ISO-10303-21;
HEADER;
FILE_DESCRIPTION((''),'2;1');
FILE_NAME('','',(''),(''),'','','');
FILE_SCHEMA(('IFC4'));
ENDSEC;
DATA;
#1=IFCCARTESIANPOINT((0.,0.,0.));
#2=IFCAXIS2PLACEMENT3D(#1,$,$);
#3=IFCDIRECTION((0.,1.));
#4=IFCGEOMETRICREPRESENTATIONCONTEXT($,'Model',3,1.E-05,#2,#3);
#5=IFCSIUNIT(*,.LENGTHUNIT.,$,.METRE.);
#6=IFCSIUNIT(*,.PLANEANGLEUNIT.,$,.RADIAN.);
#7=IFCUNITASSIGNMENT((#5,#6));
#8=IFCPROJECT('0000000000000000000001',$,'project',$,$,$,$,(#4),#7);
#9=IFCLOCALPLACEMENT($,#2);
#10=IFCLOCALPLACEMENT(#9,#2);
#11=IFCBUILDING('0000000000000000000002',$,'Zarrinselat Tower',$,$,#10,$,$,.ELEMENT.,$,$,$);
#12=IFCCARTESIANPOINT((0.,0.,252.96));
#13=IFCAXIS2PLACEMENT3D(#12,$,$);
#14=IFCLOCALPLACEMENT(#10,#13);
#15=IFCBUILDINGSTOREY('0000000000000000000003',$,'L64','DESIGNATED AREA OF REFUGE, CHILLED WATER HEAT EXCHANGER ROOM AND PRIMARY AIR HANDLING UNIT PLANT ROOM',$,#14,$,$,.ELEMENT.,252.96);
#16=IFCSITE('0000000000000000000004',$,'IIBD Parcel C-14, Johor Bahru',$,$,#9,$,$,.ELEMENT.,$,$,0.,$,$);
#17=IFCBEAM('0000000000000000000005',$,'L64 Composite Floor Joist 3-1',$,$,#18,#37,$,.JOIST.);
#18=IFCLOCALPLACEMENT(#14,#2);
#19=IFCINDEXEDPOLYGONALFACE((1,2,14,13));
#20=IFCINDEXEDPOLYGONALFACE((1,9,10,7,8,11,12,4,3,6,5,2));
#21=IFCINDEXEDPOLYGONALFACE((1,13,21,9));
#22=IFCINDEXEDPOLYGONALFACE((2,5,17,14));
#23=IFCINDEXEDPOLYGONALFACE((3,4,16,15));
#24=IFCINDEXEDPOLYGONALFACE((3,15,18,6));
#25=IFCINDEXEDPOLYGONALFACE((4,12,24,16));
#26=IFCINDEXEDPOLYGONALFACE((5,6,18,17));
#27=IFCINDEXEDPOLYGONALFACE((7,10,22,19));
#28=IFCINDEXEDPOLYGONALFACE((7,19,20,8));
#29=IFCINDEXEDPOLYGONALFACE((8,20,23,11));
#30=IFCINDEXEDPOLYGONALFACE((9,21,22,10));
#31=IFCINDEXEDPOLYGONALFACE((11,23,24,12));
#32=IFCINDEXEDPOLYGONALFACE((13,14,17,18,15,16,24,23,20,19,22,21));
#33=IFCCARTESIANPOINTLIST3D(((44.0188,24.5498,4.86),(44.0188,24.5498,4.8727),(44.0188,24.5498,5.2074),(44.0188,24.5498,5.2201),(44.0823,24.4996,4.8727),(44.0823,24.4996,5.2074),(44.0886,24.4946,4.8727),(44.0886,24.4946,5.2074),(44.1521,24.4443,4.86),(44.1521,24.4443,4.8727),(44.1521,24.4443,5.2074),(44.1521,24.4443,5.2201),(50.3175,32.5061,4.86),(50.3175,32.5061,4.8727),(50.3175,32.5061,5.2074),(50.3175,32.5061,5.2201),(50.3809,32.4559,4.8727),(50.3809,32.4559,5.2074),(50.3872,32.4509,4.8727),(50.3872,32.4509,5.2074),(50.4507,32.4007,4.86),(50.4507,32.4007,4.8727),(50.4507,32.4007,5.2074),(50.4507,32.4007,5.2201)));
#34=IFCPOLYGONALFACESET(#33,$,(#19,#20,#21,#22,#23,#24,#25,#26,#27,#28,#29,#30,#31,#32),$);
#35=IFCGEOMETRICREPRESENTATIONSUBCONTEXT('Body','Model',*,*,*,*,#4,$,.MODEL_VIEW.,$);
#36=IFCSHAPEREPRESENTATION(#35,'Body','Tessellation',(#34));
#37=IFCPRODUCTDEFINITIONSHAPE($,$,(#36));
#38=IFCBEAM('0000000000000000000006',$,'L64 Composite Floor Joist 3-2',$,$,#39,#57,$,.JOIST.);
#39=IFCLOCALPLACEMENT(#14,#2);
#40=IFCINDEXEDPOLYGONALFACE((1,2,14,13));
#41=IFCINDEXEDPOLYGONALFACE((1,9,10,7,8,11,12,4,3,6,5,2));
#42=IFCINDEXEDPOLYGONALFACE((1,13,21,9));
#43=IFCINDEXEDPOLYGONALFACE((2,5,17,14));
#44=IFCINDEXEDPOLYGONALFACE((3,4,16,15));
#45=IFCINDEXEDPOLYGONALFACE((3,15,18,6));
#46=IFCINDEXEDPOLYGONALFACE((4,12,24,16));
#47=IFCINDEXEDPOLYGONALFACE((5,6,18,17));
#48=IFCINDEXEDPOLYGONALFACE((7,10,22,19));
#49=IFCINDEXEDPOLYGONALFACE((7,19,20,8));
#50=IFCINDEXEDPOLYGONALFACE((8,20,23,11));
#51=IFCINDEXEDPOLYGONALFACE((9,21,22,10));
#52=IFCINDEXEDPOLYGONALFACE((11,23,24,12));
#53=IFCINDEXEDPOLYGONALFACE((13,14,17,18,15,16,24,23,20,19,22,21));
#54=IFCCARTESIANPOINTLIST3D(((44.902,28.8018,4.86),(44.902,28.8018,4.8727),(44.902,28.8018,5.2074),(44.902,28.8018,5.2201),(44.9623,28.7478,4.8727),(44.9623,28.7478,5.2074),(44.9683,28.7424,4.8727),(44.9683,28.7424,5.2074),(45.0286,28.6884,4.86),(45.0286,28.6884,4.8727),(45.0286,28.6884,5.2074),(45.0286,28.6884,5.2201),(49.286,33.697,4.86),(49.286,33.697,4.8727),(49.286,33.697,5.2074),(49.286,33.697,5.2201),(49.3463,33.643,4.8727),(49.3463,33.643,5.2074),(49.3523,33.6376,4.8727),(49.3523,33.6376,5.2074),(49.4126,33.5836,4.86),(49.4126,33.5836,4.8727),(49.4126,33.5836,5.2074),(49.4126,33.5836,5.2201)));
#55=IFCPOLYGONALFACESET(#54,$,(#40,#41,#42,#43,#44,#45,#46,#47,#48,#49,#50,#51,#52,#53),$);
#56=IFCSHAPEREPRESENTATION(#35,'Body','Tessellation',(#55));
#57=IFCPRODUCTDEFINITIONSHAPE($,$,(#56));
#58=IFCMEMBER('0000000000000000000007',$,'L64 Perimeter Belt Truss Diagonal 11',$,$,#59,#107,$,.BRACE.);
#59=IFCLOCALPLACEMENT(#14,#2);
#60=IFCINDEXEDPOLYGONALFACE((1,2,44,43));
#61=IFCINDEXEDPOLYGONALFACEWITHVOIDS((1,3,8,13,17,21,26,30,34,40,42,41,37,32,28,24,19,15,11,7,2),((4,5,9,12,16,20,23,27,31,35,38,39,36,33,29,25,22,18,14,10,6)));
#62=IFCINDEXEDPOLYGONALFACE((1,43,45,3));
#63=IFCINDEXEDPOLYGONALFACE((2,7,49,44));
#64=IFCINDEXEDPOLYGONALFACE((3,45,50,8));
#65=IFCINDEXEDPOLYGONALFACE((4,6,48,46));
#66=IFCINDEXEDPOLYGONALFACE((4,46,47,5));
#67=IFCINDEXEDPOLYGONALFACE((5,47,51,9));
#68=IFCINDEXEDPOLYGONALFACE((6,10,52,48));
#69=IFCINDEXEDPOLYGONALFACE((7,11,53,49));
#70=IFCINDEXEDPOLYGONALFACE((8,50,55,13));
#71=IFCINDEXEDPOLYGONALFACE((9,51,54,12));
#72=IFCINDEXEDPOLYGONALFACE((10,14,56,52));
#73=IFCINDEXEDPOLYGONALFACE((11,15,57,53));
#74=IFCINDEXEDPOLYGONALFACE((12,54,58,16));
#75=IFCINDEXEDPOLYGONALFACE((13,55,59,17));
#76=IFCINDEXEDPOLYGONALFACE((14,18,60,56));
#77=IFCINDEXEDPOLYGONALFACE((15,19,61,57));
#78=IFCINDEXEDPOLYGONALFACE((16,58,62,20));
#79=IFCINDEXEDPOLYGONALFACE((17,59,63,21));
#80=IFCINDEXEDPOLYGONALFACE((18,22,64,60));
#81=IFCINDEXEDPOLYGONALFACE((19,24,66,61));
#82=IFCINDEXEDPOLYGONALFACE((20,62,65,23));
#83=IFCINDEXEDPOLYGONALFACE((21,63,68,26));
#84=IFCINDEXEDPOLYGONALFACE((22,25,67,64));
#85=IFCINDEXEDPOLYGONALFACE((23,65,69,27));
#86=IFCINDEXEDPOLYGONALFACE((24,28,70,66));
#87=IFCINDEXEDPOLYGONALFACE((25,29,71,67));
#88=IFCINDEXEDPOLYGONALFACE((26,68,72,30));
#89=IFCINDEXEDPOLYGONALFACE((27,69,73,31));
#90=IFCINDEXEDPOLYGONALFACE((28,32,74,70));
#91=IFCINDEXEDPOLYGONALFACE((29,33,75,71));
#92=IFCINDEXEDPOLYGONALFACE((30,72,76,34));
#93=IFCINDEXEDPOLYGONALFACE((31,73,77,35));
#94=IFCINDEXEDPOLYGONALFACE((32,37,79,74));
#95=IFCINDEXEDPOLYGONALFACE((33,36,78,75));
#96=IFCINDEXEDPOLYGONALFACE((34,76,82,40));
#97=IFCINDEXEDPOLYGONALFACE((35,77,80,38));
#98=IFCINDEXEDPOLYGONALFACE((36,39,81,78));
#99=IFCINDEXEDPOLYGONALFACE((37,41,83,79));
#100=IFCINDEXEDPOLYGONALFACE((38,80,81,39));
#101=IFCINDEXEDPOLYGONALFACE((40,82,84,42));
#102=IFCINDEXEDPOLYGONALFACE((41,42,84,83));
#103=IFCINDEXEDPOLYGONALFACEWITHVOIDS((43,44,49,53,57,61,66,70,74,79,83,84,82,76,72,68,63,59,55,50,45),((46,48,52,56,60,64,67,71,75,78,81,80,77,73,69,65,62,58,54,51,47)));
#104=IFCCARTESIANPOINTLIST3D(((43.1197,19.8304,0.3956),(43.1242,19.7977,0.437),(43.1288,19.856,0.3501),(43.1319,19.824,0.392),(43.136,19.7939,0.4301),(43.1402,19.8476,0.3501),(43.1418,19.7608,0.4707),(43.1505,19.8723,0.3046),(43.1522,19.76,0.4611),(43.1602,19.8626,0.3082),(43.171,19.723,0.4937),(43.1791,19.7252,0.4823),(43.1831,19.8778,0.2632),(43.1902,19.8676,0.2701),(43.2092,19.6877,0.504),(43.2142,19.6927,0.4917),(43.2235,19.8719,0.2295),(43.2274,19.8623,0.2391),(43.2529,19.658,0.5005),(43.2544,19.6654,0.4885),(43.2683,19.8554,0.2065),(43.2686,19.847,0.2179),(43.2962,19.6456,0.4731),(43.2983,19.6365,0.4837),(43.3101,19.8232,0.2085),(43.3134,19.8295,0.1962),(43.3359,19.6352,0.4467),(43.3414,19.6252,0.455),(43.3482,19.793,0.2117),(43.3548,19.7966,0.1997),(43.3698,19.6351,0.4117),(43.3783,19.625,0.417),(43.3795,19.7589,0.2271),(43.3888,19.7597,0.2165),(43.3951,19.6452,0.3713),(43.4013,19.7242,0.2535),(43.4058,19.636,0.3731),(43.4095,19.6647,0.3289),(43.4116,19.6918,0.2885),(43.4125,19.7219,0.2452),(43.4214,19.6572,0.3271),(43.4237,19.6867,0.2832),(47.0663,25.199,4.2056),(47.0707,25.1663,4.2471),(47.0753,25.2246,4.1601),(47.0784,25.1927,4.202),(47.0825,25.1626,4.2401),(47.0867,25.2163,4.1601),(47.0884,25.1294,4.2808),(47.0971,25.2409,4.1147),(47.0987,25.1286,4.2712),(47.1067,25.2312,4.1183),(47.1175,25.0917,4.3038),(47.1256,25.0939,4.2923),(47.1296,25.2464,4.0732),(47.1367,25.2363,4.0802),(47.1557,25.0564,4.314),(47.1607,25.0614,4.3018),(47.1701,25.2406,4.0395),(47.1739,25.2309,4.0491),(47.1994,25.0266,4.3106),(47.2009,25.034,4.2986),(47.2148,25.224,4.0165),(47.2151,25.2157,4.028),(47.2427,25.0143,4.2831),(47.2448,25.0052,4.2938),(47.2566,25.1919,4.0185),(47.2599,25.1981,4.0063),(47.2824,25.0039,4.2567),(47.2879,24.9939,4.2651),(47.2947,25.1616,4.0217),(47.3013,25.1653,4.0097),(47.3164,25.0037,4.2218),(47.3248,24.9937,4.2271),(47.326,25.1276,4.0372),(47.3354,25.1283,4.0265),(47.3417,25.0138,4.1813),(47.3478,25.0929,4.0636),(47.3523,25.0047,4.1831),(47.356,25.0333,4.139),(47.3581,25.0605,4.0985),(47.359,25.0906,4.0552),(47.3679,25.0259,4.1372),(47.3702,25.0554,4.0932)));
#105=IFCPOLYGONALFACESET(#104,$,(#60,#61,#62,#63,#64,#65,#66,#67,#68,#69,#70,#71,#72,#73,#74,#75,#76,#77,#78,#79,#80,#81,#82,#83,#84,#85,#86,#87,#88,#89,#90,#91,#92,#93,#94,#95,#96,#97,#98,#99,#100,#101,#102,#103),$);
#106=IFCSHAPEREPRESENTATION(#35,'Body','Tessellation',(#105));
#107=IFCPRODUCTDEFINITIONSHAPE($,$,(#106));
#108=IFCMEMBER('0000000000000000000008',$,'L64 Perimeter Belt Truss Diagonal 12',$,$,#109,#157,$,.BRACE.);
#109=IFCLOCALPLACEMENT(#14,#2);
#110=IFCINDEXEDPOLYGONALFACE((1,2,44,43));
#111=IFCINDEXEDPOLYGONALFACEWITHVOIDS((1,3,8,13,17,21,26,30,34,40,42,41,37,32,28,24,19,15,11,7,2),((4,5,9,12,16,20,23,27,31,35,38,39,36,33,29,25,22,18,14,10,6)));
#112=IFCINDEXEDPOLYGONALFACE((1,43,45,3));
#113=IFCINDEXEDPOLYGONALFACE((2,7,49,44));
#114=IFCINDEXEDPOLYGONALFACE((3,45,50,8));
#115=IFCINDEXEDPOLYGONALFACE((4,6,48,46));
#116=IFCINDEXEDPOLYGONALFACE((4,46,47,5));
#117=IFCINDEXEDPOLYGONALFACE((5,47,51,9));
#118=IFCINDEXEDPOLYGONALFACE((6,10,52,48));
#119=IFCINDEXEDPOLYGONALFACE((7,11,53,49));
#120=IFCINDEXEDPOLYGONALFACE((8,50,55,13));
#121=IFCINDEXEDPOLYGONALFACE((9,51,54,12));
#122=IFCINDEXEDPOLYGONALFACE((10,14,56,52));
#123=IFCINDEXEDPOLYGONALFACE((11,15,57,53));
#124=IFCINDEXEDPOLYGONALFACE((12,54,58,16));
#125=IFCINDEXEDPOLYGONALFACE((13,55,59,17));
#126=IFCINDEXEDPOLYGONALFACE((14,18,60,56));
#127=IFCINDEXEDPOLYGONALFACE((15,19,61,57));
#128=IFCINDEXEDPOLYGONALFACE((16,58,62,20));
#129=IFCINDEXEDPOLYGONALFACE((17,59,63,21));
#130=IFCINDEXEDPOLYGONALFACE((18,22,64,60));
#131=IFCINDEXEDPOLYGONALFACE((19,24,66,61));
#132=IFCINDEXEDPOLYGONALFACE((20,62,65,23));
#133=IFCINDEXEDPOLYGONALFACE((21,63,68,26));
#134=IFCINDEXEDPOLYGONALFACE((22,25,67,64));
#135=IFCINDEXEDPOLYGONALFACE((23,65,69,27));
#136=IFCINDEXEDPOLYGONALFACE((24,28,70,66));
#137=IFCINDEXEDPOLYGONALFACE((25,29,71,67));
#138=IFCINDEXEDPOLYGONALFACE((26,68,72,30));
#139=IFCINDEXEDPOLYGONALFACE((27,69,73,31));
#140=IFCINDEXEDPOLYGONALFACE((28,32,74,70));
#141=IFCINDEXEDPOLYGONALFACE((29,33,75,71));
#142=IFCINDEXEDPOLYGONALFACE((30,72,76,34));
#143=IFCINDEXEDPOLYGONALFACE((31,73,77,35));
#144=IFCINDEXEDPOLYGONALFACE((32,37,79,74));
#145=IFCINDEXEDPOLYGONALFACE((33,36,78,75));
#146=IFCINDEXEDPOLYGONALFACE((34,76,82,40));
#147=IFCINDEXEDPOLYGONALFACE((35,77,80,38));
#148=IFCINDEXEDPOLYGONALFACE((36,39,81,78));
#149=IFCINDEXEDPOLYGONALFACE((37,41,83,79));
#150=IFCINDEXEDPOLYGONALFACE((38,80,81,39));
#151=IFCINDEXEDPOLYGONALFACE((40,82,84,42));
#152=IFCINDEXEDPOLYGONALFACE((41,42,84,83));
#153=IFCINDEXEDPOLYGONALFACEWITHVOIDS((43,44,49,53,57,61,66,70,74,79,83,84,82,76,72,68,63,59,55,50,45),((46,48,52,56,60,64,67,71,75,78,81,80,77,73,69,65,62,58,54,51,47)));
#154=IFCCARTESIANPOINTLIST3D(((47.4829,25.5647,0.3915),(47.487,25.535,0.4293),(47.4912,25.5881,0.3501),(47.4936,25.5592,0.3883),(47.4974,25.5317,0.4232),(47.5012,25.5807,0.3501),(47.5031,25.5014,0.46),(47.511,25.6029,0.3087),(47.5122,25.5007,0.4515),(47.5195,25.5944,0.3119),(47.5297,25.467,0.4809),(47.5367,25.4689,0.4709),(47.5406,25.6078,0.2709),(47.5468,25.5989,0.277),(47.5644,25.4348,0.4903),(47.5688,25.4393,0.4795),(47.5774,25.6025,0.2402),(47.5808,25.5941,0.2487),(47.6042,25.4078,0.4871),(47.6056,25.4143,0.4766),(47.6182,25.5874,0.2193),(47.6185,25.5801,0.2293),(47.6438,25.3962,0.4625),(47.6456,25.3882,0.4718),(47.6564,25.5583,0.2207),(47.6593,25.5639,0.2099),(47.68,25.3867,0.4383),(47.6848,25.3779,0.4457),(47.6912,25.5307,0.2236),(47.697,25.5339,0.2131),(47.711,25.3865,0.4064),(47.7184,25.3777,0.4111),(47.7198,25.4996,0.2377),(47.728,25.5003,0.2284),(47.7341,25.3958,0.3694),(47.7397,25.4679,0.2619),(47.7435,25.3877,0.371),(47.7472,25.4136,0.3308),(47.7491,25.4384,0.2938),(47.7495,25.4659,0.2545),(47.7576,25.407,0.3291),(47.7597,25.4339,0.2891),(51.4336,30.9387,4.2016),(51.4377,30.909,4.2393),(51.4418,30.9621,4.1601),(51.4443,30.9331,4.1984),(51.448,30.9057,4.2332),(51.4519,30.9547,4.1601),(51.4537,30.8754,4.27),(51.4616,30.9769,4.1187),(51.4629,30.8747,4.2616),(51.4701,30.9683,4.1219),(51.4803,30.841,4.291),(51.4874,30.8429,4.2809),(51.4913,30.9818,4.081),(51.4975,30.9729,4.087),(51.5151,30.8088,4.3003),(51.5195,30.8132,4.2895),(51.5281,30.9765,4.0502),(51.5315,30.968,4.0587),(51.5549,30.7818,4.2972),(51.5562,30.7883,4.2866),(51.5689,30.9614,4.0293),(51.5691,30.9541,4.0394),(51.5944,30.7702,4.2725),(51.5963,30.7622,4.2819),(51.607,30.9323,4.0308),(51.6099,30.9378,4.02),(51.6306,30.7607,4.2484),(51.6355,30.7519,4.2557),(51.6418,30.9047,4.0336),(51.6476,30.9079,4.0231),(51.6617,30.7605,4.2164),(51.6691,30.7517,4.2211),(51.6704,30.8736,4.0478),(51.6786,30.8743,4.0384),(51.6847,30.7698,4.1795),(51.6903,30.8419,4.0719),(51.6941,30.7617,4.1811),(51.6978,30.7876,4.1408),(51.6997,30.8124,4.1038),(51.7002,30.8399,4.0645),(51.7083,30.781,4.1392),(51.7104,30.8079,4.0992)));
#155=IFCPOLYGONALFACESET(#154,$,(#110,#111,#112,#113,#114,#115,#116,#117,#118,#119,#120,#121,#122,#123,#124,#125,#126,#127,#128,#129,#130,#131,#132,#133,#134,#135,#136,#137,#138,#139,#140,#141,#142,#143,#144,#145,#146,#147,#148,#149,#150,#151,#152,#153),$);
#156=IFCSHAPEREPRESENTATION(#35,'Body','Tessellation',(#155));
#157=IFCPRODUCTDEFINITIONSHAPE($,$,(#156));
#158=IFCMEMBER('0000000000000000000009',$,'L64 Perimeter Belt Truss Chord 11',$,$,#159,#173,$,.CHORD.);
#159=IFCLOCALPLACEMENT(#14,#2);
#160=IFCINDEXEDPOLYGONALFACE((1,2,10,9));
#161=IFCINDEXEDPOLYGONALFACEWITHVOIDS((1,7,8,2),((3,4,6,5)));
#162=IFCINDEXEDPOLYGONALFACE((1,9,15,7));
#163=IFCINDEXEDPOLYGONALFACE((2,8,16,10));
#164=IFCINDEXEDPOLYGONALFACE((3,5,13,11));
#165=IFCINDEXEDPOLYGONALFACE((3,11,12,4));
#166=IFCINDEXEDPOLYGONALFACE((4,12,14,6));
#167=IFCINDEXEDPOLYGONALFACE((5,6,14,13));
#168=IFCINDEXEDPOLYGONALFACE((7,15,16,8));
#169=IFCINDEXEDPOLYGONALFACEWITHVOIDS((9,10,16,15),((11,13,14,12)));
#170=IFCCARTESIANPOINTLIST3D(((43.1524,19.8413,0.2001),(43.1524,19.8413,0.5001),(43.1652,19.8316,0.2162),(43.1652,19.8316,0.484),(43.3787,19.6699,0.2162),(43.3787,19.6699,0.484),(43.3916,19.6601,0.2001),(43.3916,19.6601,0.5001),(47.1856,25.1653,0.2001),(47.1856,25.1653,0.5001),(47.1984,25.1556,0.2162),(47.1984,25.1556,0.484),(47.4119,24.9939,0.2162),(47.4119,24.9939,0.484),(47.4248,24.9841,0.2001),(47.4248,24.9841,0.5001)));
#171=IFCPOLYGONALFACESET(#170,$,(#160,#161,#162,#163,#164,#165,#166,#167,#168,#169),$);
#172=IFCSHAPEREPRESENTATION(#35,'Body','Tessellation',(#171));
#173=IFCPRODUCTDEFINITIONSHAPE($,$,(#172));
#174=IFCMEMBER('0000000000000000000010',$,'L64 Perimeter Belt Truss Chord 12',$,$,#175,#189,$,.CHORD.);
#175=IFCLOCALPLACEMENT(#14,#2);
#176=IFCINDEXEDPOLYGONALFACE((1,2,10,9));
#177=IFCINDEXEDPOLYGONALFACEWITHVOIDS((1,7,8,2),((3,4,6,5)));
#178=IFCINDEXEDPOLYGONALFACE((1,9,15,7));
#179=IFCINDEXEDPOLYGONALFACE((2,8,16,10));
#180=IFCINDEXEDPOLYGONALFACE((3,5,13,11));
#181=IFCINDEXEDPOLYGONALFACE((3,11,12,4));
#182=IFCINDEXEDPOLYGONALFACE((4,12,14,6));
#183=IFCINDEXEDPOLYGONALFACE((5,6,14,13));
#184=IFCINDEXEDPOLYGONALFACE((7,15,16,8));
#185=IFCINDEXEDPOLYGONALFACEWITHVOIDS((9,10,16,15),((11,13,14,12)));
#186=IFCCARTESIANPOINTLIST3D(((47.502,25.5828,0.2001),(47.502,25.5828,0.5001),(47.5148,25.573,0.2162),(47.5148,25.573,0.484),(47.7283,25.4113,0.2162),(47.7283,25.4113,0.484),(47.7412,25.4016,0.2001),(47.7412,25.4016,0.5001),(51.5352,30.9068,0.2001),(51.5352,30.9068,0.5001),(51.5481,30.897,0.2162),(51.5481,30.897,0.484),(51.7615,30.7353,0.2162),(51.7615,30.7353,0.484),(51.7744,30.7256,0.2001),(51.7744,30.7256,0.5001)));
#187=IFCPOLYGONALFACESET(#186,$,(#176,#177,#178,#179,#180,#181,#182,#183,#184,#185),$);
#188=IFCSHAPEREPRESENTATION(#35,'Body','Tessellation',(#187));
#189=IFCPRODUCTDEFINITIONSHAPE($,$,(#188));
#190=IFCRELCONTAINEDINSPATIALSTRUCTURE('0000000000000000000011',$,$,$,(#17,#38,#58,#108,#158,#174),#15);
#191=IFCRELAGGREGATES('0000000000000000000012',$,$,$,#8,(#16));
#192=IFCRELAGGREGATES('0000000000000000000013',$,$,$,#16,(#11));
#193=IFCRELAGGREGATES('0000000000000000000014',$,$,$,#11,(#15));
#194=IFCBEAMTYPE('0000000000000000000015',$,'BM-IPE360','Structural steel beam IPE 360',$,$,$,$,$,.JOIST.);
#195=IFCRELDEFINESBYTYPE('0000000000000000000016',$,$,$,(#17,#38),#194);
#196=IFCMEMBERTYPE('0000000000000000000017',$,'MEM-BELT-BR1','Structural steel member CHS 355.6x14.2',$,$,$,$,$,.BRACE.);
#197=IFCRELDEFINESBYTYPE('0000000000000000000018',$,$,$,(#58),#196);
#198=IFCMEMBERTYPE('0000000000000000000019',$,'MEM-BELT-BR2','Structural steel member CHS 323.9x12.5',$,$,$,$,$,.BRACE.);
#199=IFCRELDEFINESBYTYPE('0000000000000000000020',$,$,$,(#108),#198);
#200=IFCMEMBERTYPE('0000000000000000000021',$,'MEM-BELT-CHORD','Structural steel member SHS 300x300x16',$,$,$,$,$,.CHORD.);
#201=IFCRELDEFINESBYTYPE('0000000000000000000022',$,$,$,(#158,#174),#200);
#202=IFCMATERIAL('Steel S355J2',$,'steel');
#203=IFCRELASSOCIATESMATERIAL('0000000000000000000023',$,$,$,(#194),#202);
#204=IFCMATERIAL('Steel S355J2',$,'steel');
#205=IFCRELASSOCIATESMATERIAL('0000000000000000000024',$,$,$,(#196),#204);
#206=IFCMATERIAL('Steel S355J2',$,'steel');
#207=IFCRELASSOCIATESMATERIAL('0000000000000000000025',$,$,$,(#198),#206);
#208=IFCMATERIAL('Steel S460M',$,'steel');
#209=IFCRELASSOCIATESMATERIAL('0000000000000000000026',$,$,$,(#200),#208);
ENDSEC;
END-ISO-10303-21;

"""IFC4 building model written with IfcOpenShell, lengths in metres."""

from ifc_helpers import new_model, si_unit, direction, frame, origin, origin_2d, place, context, subcontext, project, spatial, hollow_rectangle, hollow_circle, i_section, extrude, material, material_profile, profile_set, type_object, element, save


model = new_model("IFC4")

# Units and contexts
model_context = context("Model", 3, precision=1e-05, world=origin(), true_north=direction((0.0, 1.0)))
body_context = subcontext(model_context, "Body", "Model", "MODEL_VIEW")
ifc_project = project(units=[si_unit("LENGTHUNIT", "METRE"), si_unit("PLANEANGLEUNIT", "RADIAN")], contexts=[model_context])

# Site, building, storey
site_placement = place(None, origin())
site = spatial("IfcSite", under=ifc_project, at=site_placement, Name="IIBD Parcel C-14, Johor Bahru", CompositionType="ELEMENT", RefElevation=0.0)
building_placement = place(site_placement, origin())
building = spatial("IfcBuilding", under=site, at=building_placement, Name="Zarrinselat Tower", CompositionType="ELEMENT")
storey_placement = place(building_placement, frame((0.0, 0.0, 252.96)))
storey = spatial("IfcBuildingStorey", under=building, at=storey_placement, Name="L64", Description="DESIGNATED AREA OF REFUGE, CHILLED WATER HEAT EXCHANGER ROOM AND PRIMARY AIR HANDLING UNIT PLANT ROOM", CompositionType="ELEMENT", Elevation=252.96)

# Beams
ifc_material_1 = material(Name="Steel S355J2", Category="steel")
ifc_material_profile_1 = material_profile(ifc_material_1, i_section(OverallWidth=0.1699, OverallDepth=0.3601, WebThickness=0.0081, FlangeThickness=0.0127, at=origin_2d()), Name="IPE 360")
ifc_profile_set_1 = profile_set([ifc_material_profile_1], Name="Steel S355J2")
beam_type_1 = type_object("IfcBeamType", Name="BM-IPE360", Description="Structural steel beam IPE 360", PredefinedType="JOIST", material=ifc_profile_set_1)
beam_1_placement = place(storey_placement, frame((44.0854, 24.4971, 5.04), z_axis=(0.620694, 0.784053, 0.0), x_axis=(-0.784053, 0.620694, 0.0)))
element("IfcBeam", 1, at=beam_1_placement, inside=storey, type_object=beam_type_1, Name="L64 Composite Floor Joist 3-1", PredefinedType="JOIST", context=body_context, shape_type="SweptSolid", body=[
    extrude(i_section(OverallWidth=0.1699, OverallDepth=0.3601, WebThickness=0.0081, FlangeThickness=0.0127, at=origin_2d()), origin(), (0.0, 0.0, 1.0), 10.1477),
])
beam_2_placement = place(storey_placement, frame((44.9653, 28.7451, 5.04), z_axis=(0.667138, 0.744934, 0.0), x_axis=(-0.744934, 0.667138, 0.0)))
element("IfcBeam", 2, at=beam_2_placement, inside=storey, type_object=beam_type_1, Name="L64 Composite Floor Joist 3-2", PredefinedType="JOIST", context=body_context, shape_type="SweptSolid", body=[
    extrude(i_section(OverallWidth=0.1699, OverallDepth=0.3601, WebThickness=0.0081, FlangeThickness=0.0127, at=origin_2d()), origin(), (0.0, 0.0, 1.0), 6.5713),
])

# Members
ifc_material_2 = material(Name="Steel S355J2", Category="steel")
ifc_material_profile_2 = material_profile(ifc_material_2, hollow_circle(Radius=0.1777, WallThickness=0.0142, at=origin_2d()), Name="CHS 355.6x14.2")
ifc_profile_set_2 = profile_set([ifc_material_profile_2], Name="Steel S355J2")
member_type_1 = type_object("IfcMemberType", Name="MEM-BELT-BR1", Description="Structural steel member CHS 355.6x14.2", PredefinedType="BRACE", material=ifc_profile_set_2)
member_1_placement = place(storey_placement, frame((43.272, 19.7507, 0.3501), z_axis=(0.514169, 0.699448, 0.496389), x_axis=(-0.805723, 0.592293, 0.0)))
element("IfcMember", 3, at=member_1_placement, inside=storey, type_object=member_type_1, Name="L64 Perimeter Belt Truss Diagonal 11", PredefinedType="BRACE", context=body_context, shape_type="SweptSolid", body=[
    extrude(hollow_circle(Radius=0.1777, WallThickness=0.0142, at=origin_2d()), origin(), (0.0, 0.0, 1.0), 7.6755),
])
ifc_material_3 = material(Name="Steel S355J2", Category="steel")
ifc_material_profile_3 = material_profile(ifc_material_3, hollow_circle(Radius=0.1619, WallThickness=0.0125, at=origin_2d()), Name="CHS 323.9x12.5")
ifc_profile_set_3 = profile_set([ifc_material_profile_3], Name="Steel S355J2")
member_type_2 = type_object("IfcMemberType", Name="MEM-BELT-BR2", Description="Structural steel member CHS 323.9x12.5", PredefinedType="BRACE", material=ifc_profile_set_3)
member_2_placement = place(storey_placement, frame((47.6216, 25.4922, 0.3501), z_axis=(0.514315, 0.699611, 0.496008), x_axis=(-0.805709, 0.592312, 0.0)))
element("IfcMember", 4, at=member_2_placement, inside=storey, type_object=member_type_2, Name="L64 Perimeter Belt Truss Diagonal 12", PredefinedType="BRACE", context=body_context, shape_type="SweptSolid", body=[
    extrude(hollow_circle(Radius=0.1619, WallThickness=0.0125, at=origin_2d()), origin(), (0.0, 0.0, 1.0), 7.6814),
])
ifc_material_4 = material(Name="Steel S460M", Category="steel")
ifc_material_profile_4 = material_profile(ifc_material_4, hollow_rectangle(XDim=0.3, YDim=0.3, WallThickness=0.0161, at=origin_2d()), Name="SHS 300x300x16")
ifc_profile_set_4 = profile_set([ifc_material_profile_4], Name="Steel S460M")
member_type_3 = type_object("IfcMemberType", Name="MEM-BELT-CHORD", Description="Structural steel member SHS 300x300x16", PredefinedType="CHORD", material=ifc_profile_set_4)
for number, where, z_axis, x_axis, name in (
    (5, (43.272, 19.7507, 0.3501), (0.603847, 0.7971, 0.0), (-0.7971, 0.603847, 0.0), "L64 Perimeter Belt Truss Chord 11"),
    (6, (47.6216, 25.4922, 0.3501), (0.603847, 0.7971, 0.0), (-0.7971, 0.603847, 0.0), "L64 Perimeter Belt Truss Chord 12"),
):
    element("IfcMember", number, at=place(storey_placement, frame(where, z_axis=z_axis, x_axis=x_axis)), inside=storey, type_object=member_type_3, Name=name, PredefinedType="CHORD", context=body_context, shape_type="SweptSolid", body=[
        extrude(hollow_rectangle(XDim=0.3, YDim=0.3, WallThickness=0.0161, at=origin_2d()), origin(), (0.0, 0.0, 1.0), 6.6792),
    ])

save(model, "model.ifc")
